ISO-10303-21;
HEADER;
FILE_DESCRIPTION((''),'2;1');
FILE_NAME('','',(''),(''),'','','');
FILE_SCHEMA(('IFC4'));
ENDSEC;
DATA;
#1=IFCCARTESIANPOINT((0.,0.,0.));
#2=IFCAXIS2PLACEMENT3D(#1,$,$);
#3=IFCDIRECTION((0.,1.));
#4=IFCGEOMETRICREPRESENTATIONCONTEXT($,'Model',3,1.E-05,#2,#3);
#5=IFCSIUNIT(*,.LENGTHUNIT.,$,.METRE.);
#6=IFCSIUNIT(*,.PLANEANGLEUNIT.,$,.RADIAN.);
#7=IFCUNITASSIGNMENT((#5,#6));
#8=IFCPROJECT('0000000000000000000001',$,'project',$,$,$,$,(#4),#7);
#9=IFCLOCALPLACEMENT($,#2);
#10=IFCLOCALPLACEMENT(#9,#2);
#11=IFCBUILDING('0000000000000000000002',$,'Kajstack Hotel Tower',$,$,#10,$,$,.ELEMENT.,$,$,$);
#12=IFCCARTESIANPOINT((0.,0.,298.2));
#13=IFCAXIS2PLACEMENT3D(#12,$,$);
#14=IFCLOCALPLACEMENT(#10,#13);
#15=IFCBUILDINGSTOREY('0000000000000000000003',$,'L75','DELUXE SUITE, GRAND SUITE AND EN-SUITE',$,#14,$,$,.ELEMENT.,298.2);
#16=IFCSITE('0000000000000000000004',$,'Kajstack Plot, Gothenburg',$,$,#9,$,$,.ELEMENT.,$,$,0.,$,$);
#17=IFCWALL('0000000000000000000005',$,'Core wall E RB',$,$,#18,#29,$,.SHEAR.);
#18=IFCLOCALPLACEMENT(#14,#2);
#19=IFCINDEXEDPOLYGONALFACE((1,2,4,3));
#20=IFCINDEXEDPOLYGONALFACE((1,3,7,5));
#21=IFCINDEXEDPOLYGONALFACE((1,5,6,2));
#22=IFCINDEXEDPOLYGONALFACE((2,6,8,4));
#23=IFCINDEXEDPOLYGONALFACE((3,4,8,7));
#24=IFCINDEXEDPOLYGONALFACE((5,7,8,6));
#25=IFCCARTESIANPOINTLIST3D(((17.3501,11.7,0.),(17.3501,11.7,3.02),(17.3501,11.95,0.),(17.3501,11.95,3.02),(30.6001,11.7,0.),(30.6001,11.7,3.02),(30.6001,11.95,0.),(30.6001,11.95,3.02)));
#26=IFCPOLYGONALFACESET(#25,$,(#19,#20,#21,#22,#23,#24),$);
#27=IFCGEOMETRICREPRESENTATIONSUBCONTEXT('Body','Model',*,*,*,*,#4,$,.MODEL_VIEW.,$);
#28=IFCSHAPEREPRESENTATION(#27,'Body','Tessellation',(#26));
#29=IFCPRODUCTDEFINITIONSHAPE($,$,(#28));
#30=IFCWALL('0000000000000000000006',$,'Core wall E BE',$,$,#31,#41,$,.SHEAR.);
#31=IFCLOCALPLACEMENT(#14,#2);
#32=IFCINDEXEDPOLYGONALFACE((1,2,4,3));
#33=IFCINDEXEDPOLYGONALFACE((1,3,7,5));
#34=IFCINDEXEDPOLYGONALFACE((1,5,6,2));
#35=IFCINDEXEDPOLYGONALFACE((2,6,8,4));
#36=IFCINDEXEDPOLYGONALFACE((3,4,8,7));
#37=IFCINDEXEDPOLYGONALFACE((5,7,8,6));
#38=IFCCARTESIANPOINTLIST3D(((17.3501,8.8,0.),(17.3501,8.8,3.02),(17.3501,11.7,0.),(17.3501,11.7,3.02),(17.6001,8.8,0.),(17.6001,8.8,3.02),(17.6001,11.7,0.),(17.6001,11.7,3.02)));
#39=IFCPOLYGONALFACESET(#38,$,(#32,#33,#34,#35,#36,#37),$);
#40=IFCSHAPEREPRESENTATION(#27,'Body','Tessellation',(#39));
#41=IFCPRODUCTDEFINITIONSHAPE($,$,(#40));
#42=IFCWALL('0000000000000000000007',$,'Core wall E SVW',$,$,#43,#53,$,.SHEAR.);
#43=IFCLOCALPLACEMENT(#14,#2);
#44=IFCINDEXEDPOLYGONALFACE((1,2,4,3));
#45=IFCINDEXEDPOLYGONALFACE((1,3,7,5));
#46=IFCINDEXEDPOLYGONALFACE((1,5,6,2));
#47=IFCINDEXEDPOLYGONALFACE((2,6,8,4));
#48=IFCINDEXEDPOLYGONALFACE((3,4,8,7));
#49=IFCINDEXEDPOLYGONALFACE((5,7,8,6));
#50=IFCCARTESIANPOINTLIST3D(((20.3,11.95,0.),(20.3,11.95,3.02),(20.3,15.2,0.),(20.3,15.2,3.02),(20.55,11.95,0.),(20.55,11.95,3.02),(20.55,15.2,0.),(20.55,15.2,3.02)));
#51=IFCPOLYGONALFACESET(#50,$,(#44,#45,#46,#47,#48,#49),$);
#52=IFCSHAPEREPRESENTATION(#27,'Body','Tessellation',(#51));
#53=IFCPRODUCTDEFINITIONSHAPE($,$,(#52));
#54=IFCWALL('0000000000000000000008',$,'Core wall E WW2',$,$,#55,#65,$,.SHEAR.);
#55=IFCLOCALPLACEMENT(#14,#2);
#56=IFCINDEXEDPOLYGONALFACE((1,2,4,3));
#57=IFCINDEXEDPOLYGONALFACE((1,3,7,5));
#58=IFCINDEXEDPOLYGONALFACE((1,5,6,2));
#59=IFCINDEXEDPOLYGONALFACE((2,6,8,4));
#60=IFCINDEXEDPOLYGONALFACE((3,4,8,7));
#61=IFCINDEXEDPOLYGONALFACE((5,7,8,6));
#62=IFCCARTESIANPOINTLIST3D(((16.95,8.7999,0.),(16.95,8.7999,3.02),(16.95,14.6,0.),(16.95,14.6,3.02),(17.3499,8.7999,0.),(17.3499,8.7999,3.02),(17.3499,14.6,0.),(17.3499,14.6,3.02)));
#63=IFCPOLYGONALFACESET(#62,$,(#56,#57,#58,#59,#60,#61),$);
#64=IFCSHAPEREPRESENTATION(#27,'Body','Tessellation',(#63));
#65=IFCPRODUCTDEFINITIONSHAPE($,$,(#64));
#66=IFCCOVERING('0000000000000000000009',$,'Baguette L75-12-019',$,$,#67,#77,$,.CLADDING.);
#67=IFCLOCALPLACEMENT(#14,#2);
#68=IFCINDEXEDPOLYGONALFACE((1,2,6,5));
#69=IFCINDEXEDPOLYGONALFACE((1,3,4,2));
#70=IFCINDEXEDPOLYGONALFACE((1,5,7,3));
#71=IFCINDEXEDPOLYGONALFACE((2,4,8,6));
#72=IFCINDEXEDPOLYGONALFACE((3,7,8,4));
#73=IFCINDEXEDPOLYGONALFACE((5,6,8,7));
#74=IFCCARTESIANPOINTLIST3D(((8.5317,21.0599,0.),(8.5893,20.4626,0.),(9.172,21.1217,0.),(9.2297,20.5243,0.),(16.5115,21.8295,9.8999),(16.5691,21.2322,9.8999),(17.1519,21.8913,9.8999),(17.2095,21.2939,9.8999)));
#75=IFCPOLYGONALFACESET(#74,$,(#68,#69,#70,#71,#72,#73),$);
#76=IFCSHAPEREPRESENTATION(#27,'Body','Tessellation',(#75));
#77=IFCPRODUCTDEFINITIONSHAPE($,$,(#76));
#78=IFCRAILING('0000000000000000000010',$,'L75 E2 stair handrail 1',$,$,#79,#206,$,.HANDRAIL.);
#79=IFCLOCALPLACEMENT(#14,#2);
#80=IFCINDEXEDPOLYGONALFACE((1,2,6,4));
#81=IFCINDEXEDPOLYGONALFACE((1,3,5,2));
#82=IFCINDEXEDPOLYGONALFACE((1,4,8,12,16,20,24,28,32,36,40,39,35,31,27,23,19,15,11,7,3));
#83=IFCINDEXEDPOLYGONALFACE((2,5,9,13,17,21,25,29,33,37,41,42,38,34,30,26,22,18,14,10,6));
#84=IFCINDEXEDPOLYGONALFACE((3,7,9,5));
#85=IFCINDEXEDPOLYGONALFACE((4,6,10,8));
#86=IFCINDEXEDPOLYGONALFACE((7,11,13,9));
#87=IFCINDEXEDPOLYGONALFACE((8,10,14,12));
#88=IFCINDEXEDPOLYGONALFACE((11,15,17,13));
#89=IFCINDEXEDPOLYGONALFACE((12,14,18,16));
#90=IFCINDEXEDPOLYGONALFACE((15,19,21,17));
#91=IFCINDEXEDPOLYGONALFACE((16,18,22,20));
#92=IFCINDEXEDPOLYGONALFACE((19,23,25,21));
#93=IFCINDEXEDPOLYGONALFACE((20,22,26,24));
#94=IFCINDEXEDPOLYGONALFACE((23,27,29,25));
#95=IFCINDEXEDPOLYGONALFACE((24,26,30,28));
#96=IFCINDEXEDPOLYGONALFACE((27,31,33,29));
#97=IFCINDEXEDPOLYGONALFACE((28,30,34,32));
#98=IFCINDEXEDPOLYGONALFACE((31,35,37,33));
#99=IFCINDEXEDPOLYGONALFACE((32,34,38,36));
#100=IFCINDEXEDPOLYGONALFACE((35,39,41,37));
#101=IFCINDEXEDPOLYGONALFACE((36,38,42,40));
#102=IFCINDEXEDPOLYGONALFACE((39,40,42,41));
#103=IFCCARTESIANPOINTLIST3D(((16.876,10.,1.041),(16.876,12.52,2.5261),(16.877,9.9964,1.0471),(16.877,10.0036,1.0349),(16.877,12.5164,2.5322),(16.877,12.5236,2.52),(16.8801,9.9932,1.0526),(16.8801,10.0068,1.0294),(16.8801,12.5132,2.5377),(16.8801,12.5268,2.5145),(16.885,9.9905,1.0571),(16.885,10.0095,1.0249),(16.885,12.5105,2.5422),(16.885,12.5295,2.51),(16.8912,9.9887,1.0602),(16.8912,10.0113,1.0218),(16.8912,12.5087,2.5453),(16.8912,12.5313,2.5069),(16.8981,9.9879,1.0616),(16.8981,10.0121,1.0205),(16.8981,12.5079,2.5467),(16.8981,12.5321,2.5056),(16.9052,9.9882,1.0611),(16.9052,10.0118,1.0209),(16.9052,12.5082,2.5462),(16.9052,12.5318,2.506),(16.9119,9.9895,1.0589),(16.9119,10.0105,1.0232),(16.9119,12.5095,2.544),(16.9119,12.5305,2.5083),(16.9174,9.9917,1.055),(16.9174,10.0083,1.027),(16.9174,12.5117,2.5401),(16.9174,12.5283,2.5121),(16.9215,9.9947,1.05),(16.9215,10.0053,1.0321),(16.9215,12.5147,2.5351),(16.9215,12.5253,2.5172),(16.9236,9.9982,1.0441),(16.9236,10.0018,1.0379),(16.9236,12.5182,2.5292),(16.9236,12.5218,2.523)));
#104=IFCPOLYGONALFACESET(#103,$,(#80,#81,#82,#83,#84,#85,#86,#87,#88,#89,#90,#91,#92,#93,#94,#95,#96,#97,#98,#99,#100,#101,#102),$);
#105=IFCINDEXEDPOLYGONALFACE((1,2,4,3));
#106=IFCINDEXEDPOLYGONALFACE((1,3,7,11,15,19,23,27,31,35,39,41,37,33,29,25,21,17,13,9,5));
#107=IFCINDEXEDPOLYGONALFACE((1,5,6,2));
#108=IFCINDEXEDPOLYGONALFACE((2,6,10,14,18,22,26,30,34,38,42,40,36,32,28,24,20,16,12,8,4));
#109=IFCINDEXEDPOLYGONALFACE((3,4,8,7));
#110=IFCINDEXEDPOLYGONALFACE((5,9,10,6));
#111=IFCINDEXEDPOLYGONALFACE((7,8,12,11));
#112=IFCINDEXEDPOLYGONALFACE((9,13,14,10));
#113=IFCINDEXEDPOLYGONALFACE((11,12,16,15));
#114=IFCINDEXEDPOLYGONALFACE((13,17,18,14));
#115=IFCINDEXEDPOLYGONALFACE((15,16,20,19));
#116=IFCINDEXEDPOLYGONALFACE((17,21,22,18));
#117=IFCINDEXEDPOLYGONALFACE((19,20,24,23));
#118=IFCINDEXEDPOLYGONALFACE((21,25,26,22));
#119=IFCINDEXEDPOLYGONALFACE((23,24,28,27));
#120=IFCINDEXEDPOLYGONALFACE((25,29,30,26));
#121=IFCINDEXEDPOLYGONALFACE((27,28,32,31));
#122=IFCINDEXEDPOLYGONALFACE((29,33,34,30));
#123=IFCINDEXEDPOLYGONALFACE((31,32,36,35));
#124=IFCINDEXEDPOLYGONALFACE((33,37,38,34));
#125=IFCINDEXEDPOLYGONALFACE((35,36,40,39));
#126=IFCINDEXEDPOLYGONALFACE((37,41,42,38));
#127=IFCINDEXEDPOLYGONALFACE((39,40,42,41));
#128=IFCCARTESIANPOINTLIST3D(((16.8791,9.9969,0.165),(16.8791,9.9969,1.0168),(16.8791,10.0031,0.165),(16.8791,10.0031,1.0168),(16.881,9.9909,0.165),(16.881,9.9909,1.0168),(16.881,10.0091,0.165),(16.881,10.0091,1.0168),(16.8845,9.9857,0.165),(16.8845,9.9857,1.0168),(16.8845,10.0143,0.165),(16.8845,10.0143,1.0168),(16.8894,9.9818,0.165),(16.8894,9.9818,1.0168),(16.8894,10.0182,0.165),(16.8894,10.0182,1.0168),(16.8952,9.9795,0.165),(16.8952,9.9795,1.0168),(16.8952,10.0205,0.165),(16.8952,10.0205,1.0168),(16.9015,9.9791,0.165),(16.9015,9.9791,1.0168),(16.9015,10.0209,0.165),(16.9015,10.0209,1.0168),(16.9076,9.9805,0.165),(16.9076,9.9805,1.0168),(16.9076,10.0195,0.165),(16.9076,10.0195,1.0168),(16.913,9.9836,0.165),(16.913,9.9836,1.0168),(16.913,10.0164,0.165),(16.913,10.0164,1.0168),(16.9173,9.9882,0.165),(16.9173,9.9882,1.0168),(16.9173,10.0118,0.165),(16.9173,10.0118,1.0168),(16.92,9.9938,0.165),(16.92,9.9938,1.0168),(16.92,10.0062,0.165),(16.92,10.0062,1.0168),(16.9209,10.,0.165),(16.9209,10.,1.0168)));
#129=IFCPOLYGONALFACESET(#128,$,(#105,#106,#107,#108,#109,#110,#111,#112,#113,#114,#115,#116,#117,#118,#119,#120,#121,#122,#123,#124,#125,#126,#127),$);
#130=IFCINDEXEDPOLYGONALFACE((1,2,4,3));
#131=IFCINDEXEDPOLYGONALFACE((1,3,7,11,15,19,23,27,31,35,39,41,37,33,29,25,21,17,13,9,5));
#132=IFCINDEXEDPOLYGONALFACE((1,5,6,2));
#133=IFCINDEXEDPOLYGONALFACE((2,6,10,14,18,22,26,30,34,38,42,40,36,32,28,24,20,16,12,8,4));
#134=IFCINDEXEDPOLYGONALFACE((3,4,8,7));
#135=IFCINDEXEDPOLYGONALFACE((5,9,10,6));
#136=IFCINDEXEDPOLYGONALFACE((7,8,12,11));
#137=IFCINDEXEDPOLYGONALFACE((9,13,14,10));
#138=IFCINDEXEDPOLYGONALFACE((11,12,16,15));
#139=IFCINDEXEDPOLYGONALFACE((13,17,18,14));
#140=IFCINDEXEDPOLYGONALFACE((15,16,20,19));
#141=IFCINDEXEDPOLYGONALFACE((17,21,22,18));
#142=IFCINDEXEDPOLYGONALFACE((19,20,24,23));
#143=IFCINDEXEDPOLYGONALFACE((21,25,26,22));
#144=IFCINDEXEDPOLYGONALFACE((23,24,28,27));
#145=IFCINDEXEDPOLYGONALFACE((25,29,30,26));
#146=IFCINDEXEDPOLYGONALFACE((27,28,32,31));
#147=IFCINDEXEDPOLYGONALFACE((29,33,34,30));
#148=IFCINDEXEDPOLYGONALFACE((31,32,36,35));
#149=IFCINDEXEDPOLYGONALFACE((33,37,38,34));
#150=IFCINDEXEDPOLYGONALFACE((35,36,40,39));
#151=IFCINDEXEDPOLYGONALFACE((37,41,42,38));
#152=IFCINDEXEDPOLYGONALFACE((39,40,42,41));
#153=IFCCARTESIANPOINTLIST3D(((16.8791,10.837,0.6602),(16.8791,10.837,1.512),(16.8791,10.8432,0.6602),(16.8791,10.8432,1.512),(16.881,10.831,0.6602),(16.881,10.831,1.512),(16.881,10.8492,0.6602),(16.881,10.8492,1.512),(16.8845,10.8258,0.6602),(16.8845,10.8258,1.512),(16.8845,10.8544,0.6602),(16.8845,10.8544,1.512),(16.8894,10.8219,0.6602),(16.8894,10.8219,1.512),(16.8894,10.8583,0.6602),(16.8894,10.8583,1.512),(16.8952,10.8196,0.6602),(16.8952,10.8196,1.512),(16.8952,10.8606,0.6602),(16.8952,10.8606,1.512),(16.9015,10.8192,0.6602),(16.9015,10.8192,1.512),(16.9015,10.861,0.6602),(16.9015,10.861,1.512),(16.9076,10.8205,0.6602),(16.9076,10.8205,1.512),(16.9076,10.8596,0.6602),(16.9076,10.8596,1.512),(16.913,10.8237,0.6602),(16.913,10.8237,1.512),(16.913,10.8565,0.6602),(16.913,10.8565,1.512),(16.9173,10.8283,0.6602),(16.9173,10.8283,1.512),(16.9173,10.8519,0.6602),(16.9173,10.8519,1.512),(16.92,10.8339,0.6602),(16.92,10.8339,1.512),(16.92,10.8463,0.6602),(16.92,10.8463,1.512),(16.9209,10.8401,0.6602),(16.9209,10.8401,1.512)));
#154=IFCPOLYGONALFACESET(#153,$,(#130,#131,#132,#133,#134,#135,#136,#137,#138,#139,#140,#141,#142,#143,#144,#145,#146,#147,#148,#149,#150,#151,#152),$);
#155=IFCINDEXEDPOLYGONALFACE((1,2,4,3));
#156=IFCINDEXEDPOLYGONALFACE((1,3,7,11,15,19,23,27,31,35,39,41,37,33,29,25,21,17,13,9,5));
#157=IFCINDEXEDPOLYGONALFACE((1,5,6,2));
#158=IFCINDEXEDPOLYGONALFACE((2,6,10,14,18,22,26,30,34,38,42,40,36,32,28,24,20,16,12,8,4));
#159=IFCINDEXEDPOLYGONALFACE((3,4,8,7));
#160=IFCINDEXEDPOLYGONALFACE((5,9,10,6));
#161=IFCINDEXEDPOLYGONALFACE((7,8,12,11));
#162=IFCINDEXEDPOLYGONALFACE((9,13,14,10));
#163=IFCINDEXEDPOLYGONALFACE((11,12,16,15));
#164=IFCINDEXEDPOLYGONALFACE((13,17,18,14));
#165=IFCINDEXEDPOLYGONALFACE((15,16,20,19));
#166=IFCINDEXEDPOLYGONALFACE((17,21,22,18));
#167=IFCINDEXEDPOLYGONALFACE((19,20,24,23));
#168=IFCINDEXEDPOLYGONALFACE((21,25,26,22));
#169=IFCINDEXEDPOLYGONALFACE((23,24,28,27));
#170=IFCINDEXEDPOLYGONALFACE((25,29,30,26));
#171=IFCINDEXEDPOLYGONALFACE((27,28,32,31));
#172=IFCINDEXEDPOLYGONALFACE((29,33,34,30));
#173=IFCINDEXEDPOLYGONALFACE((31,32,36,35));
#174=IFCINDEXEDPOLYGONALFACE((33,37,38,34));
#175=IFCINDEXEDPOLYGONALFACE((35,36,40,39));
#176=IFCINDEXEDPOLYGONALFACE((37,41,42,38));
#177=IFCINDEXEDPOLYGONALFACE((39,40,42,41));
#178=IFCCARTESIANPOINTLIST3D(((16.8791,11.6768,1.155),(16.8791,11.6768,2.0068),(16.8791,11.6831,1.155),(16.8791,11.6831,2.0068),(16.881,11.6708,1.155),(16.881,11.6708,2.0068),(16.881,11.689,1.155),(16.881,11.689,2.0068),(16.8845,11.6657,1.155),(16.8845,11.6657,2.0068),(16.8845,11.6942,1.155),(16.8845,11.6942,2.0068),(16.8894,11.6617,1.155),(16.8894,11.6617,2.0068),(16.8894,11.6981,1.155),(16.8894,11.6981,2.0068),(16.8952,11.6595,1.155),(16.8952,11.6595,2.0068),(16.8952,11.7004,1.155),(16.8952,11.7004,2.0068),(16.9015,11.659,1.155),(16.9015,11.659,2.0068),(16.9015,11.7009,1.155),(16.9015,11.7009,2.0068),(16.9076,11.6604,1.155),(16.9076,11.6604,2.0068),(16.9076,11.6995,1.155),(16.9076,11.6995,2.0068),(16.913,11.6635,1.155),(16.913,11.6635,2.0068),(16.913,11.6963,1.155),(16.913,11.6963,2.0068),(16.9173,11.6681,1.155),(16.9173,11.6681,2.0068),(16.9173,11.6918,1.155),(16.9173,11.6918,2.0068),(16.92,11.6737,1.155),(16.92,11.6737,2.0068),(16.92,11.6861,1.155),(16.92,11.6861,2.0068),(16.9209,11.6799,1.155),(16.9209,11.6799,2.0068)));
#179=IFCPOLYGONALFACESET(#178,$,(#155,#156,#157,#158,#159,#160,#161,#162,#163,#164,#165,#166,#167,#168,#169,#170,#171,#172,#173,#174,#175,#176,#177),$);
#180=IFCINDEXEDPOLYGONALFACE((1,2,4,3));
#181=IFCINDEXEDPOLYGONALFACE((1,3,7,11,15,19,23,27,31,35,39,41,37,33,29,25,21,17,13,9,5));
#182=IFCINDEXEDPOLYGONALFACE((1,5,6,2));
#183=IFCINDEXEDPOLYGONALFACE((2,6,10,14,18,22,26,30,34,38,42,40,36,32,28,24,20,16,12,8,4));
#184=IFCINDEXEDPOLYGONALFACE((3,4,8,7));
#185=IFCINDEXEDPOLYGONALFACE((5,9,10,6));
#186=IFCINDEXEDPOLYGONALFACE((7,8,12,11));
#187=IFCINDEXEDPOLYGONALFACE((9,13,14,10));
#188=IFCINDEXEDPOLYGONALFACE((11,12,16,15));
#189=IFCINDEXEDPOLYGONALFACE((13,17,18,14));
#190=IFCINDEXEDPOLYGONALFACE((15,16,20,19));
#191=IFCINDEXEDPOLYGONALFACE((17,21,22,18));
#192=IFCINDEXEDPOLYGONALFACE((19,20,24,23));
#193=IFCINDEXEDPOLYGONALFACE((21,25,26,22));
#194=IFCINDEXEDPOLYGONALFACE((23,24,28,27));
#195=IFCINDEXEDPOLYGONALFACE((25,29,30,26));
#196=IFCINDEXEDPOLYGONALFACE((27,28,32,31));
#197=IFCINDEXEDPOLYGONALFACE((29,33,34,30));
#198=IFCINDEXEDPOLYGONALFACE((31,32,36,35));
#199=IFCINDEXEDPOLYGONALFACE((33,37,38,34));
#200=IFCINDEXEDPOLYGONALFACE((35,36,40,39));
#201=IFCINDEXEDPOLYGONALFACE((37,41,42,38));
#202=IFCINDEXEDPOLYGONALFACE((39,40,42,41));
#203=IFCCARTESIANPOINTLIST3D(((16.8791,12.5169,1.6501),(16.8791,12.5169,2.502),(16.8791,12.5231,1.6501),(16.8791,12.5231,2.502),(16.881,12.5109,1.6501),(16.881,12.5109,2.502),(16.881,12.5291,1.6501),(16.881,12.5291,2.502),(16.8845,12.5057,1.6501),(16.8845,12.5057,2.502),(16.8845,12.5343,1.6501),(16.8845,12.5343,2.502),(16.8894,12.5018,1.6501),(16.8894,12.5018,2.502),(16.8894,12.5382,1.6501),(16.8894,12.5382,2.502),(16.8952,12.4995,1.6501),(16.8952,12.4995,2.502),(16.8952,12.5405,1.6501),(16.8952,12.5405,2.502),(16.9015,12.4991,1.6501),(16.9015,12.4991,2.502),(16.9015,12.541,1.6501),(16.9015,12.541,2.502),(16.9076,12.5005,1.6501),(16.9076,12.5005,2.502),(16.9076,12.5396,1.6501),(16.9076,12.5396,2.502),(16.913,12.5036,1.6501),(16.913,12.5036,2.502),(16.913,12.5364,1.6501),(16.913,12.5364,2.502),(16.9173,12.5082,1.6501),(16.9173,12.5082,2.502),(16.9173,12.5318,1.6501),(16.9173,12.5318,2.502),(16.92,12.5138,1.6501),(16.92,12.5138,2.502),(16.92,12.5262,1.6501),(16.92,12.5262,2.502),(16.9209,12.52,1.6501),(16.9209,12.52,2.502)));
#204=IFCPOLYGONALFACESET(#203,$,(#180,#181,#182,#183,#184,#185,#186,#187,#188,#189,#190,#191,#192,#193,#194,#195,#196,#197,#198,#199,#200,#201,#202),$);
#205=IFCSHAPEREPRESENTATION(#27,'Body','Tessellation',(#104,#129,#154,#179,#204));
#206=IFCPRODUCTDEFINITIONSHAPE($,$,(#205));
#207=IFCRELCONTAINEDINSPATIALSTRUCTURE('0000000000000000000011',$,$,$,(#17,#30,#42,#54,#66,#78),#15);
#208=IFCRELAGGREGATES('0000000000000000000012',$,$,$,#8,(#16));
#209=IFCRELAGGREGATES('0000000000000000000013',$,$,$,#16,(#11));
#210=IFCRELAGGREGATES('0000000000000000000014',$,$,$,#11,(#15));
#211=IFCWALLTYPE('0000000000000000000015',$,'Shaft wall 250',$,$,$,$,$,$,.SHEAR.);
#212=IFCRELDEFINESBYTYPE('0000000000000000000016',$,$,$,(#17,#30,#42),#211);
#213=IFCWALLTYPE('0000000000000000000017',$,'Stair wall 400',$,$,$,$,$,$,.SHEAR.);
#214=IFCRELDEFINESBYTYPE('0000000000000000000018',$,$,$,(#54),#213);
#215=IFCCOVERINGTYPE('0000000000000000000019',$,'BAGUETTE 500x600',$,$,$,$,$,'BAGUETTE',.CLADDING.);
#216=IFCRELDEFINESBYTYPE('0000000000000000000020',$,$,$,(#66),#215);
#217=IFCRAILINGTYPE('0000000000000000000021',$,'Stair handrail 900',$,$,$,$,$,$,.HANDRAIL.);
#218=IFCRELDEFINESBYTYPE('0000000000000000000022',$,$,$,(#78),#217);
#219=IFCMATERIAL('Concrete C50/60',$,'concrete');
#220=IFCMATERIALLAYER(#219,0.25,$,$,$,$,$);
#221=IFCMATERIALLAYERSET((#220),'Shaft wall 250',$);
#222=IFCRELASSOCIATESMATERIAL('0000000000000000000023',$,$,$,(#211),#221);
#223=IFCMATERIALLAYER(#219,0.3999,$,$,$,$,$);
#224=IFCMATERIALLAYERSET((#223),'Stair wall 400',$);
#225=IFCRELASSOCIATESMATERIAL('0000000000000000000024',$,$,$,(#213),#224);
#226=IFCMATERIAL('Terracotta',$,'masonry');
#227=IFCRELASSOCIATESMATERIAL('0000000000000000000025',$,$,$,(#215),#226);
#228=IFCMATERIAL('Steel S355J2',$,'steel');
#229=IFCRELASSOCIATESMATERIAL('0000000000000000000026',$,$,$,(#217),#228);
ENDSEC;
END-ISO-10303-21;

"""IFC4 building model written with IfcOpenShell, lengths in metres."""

from ifc_helpers import new_model, si_unit, direction, frame, frame_2d, origin, origin_2d, place, context, subcontext, project, spatial, polyline, rectangle, circle, outline, extrude, material, layer, layer_set, material_profile, profile_set, type_object, element, save


model = new_model("IFC4")

# Units and contexts
model_context = context("Model", 3, precision=1e-05, world=origin(), true_north=direction((0.0, 1.0)))
body_context = subcontext(model_context, "Body", "Model", "MODEL_VIEW")
ifc_project = project(units=[si_unit("LENGTHUNIT", "METRE"), si_unit("PLANEANGLEUNIT", "RADIAN")], contexts=[model_context])

# Site, building, storey
site_placement = place(None, origin())
site = spatial("IfcSite", under=ifc_project, at=site_placement, Name="Kajstack Plot, Gothenburg", CompositionType="ELEMENT", RefElevation=0.0)
building_placement = place(site_placement, origin())
building = spatial("IfcBuilding", under=site, at=building_placement, Name="Kajstack Hotel Tower", CompositionType="ELEMENT")
storey_placement = place(building_placement, frame((0.0, 0.0, 298.2)))
storey = spatial("IfcBuildingStorey", under=building, at=storey_placement, Name="L75", Description="DELUXE SUITE, GRAND SUITE AND EN-SUITE", CompositionType="ELEMENT", Elevation=298.2)

# Shared definitions
ifc_material_1 = material(Name="Concrete C50/60", Category="concrete")
ifc_layer_1 = layer(ifc_material_1, 0.25)
ifc_layer_set_1 = layer_set([ifc_layer_1], Name="Shaft wall 250")
wall_type_1 = type_object("IfcWallType", Name="Shaft wall 250", PredefinedType="SHEAR", material=ifc_layer_set_1)

# Walls
wall_1_placement = place(storey_placement, frame((17.3501, 11.825, 0.0), z_axis=(0.0, 0.0, 1.0), x_axis=(1.0, 0.0, 0.0)))
element("IfcWall", 1, at=wall_1_placement, inside=storey, type_object=wall_type_1, Name="Core wall E RB", PredefinedType="SHEAR", context=body_context, shape_type="SweptSolid", body=[
    extrude(rectangle(XDim=13.25, YDim=0.25, at=frame_2d((6.625, 0.0))), origin(), (0.0, 0.0, 1.0), 3.02),
])
wall_2_placement = place(storey_placement, frame((17.4751, 8.8, 0.0), z_axis=(0.0, 0.0, 1.0), x_axis=(0.0, 1.0, 0.0)))
element("IfcWall", 2, at=wall_2_placement, inside=storey, type_object=wall_type_1, Name="Core wall E BE", PredefinedType="SHEAR", context=body_context, shape_type="SweptSolid", body=[
    extrude(rectangle(XDim=2.8999, YDim=0.25, at=frame_2d((1.45, 0.0))), origin(), (0.0, 0.0, 1.0), 3.02),
])
wall_3_placement = place(storey_placement, frame((20.425, 11.95, 0.0), z_axis=(0.0, 0.0, 1.0), x_axis=(0.0, 1.0, 0.0)))
element("IfcWall", 3, at=wall_3_placement, inside=storey, type_object=wall_type_1, Name="Core wall E SVW", PredefinedType="SHEAR", context=body_context, shape_type="SweptSolid", body=[
    extrude(rectangle(XDim=3.25, YDim=0.25, at=frame_2d((1.625, 0.0))), origin(), (0.0, 0.0, 1.0), 3.02),
])
ifc_layer_2 = layer(ifc_material_1, 0.3999)
ifc_layer_set_2 = layer_set([ifc_layer_2], Name="Stair wall 400")
wall_type_2 = type_object("IfcWallType", Name="Stair wall 400", PredefinedType="SHEAR", material=ifc_layer_set_2)
wall_4_placement = place(storey_placement, frame((17.1499, 8.8, 0.0), z_axis=(0.0, 0.0, 1.0), x_axis=(0.0, 1.0, 0.0)))
element("IfcWall", 4, at=wall_4_placement, inside=storey, type_object=wall_type_2, Name="Core wall E WW2", PredefinedType="SHEAR", context=body_context, shape_type="SweptSolid", body=[
    extrude(rectangle(XDim=5.8, YDim=0.3999, at=frame_2d((2.8999, 0.0))), origin(), (0.0, 0.0, 1.0), 3.02),
])

# Covering
ifc_material_2 = material(Name="Terracotta", Category="masonry")
ifc_material_profile = material_profile(ifc_material_2, rectangle(XDim=0.6001, YDim=0.5, at=origin_2d()), Name="Terracotta-clad concrete baguette 500 x 600")
ifc_profile_set = profile_set([ifc_material_profile], Name="Terracotta")
covering_type = type_object("IfcCoveringType", Name="BAGUETTE 500x600", ElementType="BAGUETTE", PredefinedType="CLADDING", material=ifc_profile_set)
covering_placement = place(storey_placement, frame((17.2095, 21.2939, 0.0), z_axis=(-0.095999, 0.995381, 0.0), x_axis=(-0.995381, -0.095999, 0.0)))
element("IfcCovering", 5, at=covering_placement, inside=storey, type_object=covering_type, Name="Baguette L75-12-019", PredefinedType="CLADDING", context=body_context, shape_type="SweptSolid", body=[
    extrude(outline(polyline([(0.0, 9.8999), (8.0168, 0.0), (8.6602, 0.0), (0.6433, 9.8999), (0.0, 9.8999)])), origin(), (0.0, 0.0, 1.0), 0.6001),
])

# Railing
ifc_material_3 = material(Name="Steel S355J2", Category="steel")
railing_type_1 = type_object("IfcRailingType", Name="Stair handrail 900", PredefinedType="HANDRAIL", material=ifc_material_3)
railing_1_placement = place(storey_placement, frame((16.8999, 10.0, 0.165)))
element("IfcRailing", 6, at=railing_1_placement, inside=storey, type_object=railing_type_1, Name="L75 E2 stair handrail 1", PredefinedType="HANDRAIL", context=body_context, shape_type="SweptSolid", body=[
    extrude(circle(Radius=0.0239, at=origin_2d()), frame((0.0, 0.0, 0.876), z_axis=(0.0, 0.861524, 0.507717), x_axis=(-1.0, 0.0, 0.0)), (0.0, 0.0, 1.0), 2.925),
    extrude(circle(Radius=0.021, at=origin_2d()), origin(), (0.0, 0.0, 1.0), 0.8518),
    extrude(circle(Radius=0.021, at=origin_2d()), frame((0.0, 0.8401, 0.4951)), (0.0, 0.0, 1.0), 0.8518),
    extrude(circle(Radius=0.021, at=origin_2d()), frame((0.0, 1.6799, 0.99)), (0.0, 0.0, 1.0), 0.8518),
    extrude(circle(Radius=0.021, at=origin_2d()), frame((0.0, 2.52, 1.4851)), (0.0, 0.0, 1.0), 0.8518),
])

save(model, "model.ifc")
